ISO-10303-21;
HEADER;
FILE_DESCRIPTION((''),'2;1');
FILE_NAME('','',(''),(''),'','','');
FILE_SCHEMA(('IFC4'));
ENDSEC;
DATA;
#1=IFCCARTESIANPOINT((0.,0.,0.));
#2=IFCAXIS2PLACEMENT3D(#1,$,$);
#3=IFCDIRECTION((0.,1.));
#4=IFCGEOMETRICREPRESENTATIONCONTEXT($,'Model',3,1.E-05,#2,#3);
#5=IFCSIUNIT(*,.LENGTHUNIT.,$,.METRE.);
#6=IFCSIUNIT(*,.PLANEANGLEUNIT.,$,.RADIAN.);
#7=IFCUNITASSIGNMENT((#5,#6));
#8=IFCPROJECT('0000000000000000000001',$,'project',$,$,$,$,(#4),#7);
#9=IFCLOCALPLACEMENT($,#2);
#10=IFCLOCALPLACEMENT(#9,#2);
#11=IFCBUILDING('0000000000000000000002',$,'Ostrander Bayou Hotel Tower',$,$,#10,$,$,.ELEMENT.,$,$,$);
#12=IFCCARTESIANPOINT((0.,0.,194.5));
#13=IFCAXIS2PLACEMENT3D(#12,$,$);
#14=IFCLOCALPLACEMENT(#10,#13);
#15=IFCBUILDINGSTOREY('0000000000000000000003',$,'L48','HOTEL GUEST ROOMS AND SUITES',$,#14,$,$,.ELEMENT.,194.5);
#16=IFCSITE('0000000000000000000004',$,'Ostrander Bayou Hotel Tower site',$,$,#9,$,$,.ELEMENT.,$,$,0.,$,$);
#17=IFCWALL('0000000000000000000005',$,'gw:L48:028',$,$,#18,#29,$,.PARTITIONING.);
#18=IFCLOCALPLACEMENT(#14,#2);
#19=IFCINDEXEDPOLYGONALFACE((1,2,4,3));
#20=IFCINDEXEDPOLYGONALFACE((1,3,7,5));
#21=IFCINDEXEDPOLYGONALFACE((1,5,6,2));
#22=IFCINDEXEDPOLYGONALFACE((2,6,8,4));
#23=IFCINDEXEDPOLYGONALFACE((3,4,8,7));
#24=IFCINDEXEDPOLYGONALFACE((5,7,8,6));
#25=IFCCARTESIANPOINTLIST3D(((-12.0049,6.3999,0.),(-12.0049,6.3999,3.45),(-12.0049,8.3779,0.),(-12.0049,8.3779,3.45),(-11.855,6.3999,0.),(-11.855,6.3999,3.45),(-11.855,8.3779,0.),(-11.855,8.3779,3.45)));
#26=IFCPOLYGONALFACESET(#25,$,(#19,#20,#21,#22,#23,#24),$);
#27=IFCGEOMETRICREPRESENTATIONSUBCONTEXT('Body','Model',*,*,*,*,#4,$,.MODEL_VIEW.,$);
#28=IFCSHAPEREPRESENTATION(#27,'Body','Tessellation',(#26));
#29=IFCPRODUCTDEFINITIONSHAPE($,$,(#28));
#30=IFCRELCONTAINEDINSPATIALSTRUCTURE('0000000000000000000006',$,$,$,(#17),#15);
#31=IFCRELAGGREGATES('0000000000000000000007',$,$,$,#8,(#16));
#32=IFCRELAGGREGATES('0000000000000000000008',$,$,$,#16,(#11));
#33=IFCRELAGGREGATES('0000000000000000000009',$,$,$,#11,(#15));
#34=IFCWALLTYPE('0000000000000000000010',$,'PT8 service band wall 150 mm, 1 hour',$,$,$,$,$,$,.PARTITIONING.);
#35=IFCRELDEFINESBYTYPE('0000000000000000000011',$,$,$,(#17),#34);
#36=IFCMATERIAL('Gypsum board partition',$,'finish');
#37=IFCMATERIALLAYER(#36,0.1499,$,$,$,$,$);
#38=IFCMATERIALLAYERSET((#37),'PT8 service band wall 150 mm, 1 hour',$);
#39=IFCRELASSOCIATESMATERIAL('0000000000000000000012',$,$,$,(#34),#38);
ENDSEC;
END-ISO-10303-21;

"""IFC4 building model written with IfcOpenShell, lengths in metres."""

from ifc_helpers import new_model, si_unit, direction, frame, frame_2d, origin, place, context, subcontext, project, spatial, rectangle, extrude, material, layer, layer_set, type_object, element, save


model = new_model("IFC4")

# Units and contexts
model_context = context("Model", 3, precision=1e-05, world=origin(), true_north=direction((0.0, 1.0)))
body_context = subcontext(model_context, "Body", "Model", "MODEL_VIEW")
ifc_project = project(units=[si_unit("LENGTHUNIT", "METRE"), si_unit("PLANEANGLEUNIT", "RADIAN")], contexts=[model_context])

# Site, building, storey
site_placement = place(None, origin())
site = spatial("IfcSite", under=ifc_project, at=site_placement, Name="Ostrander Bayou Hotel Tower site", CompositionType="ELEMENT", RefElevation=0.0)
building_placement = place(site_placement, origin())
building = spatial("IfcBuilding", under=site, at=building_placement, Name="Ostrander Bayou Hotel Tower", CompositionType="ELEMENT")
storey_placement = place(building_placement, frame((0.0, 0.0, 194.5)))
storey = spatial("IfcBuildingStorey", under=building, at=storey_placement, Name="L48", Description="HOTEL GUEST ROOMS AND SUITES", CompositionType="ELEMENT", Elevation=194.5)

# Shared definitions
ifc_material_1 = material(Name="Gypsum board partition", Category="finish")
ifc_layer_1 = layer(ifc_material_1, 0.1499)
ifc_layer_set_1 = layer_set([ifc_layer_1], Name="PT8 service band wall 150 mm, 1 hour")
wall_type_1 = type_object("IfcWallType", Name="PT8 service band wall 150 mm, 1 hour", PredefinedType="PARTITIONING", material=ifc_layer_set_1)

# Wall
wall_1_placement = place(storey_placement, frame((-11.9299, 6.3999, 0.0), z_axis=(0.0, 0.0, 1.0), x_axis=(0.0, 1.0, 0.0)))
element("IfcWall", 1, at=wall_1_placement, inside=storey, type_object=wall_type_1, Name="gw:L48:028", PredefinedType="PARTITIONING", context=body_context, shape_type="SweptSolid", body=[
    extrude(rectangle(XDim=1.978, YDim=0.1499, at=frame_2d((0.989, 0.0))), origin(), (0.0, 0.0, 1.0), 3.45),
])

save(model, "model.ifc")
